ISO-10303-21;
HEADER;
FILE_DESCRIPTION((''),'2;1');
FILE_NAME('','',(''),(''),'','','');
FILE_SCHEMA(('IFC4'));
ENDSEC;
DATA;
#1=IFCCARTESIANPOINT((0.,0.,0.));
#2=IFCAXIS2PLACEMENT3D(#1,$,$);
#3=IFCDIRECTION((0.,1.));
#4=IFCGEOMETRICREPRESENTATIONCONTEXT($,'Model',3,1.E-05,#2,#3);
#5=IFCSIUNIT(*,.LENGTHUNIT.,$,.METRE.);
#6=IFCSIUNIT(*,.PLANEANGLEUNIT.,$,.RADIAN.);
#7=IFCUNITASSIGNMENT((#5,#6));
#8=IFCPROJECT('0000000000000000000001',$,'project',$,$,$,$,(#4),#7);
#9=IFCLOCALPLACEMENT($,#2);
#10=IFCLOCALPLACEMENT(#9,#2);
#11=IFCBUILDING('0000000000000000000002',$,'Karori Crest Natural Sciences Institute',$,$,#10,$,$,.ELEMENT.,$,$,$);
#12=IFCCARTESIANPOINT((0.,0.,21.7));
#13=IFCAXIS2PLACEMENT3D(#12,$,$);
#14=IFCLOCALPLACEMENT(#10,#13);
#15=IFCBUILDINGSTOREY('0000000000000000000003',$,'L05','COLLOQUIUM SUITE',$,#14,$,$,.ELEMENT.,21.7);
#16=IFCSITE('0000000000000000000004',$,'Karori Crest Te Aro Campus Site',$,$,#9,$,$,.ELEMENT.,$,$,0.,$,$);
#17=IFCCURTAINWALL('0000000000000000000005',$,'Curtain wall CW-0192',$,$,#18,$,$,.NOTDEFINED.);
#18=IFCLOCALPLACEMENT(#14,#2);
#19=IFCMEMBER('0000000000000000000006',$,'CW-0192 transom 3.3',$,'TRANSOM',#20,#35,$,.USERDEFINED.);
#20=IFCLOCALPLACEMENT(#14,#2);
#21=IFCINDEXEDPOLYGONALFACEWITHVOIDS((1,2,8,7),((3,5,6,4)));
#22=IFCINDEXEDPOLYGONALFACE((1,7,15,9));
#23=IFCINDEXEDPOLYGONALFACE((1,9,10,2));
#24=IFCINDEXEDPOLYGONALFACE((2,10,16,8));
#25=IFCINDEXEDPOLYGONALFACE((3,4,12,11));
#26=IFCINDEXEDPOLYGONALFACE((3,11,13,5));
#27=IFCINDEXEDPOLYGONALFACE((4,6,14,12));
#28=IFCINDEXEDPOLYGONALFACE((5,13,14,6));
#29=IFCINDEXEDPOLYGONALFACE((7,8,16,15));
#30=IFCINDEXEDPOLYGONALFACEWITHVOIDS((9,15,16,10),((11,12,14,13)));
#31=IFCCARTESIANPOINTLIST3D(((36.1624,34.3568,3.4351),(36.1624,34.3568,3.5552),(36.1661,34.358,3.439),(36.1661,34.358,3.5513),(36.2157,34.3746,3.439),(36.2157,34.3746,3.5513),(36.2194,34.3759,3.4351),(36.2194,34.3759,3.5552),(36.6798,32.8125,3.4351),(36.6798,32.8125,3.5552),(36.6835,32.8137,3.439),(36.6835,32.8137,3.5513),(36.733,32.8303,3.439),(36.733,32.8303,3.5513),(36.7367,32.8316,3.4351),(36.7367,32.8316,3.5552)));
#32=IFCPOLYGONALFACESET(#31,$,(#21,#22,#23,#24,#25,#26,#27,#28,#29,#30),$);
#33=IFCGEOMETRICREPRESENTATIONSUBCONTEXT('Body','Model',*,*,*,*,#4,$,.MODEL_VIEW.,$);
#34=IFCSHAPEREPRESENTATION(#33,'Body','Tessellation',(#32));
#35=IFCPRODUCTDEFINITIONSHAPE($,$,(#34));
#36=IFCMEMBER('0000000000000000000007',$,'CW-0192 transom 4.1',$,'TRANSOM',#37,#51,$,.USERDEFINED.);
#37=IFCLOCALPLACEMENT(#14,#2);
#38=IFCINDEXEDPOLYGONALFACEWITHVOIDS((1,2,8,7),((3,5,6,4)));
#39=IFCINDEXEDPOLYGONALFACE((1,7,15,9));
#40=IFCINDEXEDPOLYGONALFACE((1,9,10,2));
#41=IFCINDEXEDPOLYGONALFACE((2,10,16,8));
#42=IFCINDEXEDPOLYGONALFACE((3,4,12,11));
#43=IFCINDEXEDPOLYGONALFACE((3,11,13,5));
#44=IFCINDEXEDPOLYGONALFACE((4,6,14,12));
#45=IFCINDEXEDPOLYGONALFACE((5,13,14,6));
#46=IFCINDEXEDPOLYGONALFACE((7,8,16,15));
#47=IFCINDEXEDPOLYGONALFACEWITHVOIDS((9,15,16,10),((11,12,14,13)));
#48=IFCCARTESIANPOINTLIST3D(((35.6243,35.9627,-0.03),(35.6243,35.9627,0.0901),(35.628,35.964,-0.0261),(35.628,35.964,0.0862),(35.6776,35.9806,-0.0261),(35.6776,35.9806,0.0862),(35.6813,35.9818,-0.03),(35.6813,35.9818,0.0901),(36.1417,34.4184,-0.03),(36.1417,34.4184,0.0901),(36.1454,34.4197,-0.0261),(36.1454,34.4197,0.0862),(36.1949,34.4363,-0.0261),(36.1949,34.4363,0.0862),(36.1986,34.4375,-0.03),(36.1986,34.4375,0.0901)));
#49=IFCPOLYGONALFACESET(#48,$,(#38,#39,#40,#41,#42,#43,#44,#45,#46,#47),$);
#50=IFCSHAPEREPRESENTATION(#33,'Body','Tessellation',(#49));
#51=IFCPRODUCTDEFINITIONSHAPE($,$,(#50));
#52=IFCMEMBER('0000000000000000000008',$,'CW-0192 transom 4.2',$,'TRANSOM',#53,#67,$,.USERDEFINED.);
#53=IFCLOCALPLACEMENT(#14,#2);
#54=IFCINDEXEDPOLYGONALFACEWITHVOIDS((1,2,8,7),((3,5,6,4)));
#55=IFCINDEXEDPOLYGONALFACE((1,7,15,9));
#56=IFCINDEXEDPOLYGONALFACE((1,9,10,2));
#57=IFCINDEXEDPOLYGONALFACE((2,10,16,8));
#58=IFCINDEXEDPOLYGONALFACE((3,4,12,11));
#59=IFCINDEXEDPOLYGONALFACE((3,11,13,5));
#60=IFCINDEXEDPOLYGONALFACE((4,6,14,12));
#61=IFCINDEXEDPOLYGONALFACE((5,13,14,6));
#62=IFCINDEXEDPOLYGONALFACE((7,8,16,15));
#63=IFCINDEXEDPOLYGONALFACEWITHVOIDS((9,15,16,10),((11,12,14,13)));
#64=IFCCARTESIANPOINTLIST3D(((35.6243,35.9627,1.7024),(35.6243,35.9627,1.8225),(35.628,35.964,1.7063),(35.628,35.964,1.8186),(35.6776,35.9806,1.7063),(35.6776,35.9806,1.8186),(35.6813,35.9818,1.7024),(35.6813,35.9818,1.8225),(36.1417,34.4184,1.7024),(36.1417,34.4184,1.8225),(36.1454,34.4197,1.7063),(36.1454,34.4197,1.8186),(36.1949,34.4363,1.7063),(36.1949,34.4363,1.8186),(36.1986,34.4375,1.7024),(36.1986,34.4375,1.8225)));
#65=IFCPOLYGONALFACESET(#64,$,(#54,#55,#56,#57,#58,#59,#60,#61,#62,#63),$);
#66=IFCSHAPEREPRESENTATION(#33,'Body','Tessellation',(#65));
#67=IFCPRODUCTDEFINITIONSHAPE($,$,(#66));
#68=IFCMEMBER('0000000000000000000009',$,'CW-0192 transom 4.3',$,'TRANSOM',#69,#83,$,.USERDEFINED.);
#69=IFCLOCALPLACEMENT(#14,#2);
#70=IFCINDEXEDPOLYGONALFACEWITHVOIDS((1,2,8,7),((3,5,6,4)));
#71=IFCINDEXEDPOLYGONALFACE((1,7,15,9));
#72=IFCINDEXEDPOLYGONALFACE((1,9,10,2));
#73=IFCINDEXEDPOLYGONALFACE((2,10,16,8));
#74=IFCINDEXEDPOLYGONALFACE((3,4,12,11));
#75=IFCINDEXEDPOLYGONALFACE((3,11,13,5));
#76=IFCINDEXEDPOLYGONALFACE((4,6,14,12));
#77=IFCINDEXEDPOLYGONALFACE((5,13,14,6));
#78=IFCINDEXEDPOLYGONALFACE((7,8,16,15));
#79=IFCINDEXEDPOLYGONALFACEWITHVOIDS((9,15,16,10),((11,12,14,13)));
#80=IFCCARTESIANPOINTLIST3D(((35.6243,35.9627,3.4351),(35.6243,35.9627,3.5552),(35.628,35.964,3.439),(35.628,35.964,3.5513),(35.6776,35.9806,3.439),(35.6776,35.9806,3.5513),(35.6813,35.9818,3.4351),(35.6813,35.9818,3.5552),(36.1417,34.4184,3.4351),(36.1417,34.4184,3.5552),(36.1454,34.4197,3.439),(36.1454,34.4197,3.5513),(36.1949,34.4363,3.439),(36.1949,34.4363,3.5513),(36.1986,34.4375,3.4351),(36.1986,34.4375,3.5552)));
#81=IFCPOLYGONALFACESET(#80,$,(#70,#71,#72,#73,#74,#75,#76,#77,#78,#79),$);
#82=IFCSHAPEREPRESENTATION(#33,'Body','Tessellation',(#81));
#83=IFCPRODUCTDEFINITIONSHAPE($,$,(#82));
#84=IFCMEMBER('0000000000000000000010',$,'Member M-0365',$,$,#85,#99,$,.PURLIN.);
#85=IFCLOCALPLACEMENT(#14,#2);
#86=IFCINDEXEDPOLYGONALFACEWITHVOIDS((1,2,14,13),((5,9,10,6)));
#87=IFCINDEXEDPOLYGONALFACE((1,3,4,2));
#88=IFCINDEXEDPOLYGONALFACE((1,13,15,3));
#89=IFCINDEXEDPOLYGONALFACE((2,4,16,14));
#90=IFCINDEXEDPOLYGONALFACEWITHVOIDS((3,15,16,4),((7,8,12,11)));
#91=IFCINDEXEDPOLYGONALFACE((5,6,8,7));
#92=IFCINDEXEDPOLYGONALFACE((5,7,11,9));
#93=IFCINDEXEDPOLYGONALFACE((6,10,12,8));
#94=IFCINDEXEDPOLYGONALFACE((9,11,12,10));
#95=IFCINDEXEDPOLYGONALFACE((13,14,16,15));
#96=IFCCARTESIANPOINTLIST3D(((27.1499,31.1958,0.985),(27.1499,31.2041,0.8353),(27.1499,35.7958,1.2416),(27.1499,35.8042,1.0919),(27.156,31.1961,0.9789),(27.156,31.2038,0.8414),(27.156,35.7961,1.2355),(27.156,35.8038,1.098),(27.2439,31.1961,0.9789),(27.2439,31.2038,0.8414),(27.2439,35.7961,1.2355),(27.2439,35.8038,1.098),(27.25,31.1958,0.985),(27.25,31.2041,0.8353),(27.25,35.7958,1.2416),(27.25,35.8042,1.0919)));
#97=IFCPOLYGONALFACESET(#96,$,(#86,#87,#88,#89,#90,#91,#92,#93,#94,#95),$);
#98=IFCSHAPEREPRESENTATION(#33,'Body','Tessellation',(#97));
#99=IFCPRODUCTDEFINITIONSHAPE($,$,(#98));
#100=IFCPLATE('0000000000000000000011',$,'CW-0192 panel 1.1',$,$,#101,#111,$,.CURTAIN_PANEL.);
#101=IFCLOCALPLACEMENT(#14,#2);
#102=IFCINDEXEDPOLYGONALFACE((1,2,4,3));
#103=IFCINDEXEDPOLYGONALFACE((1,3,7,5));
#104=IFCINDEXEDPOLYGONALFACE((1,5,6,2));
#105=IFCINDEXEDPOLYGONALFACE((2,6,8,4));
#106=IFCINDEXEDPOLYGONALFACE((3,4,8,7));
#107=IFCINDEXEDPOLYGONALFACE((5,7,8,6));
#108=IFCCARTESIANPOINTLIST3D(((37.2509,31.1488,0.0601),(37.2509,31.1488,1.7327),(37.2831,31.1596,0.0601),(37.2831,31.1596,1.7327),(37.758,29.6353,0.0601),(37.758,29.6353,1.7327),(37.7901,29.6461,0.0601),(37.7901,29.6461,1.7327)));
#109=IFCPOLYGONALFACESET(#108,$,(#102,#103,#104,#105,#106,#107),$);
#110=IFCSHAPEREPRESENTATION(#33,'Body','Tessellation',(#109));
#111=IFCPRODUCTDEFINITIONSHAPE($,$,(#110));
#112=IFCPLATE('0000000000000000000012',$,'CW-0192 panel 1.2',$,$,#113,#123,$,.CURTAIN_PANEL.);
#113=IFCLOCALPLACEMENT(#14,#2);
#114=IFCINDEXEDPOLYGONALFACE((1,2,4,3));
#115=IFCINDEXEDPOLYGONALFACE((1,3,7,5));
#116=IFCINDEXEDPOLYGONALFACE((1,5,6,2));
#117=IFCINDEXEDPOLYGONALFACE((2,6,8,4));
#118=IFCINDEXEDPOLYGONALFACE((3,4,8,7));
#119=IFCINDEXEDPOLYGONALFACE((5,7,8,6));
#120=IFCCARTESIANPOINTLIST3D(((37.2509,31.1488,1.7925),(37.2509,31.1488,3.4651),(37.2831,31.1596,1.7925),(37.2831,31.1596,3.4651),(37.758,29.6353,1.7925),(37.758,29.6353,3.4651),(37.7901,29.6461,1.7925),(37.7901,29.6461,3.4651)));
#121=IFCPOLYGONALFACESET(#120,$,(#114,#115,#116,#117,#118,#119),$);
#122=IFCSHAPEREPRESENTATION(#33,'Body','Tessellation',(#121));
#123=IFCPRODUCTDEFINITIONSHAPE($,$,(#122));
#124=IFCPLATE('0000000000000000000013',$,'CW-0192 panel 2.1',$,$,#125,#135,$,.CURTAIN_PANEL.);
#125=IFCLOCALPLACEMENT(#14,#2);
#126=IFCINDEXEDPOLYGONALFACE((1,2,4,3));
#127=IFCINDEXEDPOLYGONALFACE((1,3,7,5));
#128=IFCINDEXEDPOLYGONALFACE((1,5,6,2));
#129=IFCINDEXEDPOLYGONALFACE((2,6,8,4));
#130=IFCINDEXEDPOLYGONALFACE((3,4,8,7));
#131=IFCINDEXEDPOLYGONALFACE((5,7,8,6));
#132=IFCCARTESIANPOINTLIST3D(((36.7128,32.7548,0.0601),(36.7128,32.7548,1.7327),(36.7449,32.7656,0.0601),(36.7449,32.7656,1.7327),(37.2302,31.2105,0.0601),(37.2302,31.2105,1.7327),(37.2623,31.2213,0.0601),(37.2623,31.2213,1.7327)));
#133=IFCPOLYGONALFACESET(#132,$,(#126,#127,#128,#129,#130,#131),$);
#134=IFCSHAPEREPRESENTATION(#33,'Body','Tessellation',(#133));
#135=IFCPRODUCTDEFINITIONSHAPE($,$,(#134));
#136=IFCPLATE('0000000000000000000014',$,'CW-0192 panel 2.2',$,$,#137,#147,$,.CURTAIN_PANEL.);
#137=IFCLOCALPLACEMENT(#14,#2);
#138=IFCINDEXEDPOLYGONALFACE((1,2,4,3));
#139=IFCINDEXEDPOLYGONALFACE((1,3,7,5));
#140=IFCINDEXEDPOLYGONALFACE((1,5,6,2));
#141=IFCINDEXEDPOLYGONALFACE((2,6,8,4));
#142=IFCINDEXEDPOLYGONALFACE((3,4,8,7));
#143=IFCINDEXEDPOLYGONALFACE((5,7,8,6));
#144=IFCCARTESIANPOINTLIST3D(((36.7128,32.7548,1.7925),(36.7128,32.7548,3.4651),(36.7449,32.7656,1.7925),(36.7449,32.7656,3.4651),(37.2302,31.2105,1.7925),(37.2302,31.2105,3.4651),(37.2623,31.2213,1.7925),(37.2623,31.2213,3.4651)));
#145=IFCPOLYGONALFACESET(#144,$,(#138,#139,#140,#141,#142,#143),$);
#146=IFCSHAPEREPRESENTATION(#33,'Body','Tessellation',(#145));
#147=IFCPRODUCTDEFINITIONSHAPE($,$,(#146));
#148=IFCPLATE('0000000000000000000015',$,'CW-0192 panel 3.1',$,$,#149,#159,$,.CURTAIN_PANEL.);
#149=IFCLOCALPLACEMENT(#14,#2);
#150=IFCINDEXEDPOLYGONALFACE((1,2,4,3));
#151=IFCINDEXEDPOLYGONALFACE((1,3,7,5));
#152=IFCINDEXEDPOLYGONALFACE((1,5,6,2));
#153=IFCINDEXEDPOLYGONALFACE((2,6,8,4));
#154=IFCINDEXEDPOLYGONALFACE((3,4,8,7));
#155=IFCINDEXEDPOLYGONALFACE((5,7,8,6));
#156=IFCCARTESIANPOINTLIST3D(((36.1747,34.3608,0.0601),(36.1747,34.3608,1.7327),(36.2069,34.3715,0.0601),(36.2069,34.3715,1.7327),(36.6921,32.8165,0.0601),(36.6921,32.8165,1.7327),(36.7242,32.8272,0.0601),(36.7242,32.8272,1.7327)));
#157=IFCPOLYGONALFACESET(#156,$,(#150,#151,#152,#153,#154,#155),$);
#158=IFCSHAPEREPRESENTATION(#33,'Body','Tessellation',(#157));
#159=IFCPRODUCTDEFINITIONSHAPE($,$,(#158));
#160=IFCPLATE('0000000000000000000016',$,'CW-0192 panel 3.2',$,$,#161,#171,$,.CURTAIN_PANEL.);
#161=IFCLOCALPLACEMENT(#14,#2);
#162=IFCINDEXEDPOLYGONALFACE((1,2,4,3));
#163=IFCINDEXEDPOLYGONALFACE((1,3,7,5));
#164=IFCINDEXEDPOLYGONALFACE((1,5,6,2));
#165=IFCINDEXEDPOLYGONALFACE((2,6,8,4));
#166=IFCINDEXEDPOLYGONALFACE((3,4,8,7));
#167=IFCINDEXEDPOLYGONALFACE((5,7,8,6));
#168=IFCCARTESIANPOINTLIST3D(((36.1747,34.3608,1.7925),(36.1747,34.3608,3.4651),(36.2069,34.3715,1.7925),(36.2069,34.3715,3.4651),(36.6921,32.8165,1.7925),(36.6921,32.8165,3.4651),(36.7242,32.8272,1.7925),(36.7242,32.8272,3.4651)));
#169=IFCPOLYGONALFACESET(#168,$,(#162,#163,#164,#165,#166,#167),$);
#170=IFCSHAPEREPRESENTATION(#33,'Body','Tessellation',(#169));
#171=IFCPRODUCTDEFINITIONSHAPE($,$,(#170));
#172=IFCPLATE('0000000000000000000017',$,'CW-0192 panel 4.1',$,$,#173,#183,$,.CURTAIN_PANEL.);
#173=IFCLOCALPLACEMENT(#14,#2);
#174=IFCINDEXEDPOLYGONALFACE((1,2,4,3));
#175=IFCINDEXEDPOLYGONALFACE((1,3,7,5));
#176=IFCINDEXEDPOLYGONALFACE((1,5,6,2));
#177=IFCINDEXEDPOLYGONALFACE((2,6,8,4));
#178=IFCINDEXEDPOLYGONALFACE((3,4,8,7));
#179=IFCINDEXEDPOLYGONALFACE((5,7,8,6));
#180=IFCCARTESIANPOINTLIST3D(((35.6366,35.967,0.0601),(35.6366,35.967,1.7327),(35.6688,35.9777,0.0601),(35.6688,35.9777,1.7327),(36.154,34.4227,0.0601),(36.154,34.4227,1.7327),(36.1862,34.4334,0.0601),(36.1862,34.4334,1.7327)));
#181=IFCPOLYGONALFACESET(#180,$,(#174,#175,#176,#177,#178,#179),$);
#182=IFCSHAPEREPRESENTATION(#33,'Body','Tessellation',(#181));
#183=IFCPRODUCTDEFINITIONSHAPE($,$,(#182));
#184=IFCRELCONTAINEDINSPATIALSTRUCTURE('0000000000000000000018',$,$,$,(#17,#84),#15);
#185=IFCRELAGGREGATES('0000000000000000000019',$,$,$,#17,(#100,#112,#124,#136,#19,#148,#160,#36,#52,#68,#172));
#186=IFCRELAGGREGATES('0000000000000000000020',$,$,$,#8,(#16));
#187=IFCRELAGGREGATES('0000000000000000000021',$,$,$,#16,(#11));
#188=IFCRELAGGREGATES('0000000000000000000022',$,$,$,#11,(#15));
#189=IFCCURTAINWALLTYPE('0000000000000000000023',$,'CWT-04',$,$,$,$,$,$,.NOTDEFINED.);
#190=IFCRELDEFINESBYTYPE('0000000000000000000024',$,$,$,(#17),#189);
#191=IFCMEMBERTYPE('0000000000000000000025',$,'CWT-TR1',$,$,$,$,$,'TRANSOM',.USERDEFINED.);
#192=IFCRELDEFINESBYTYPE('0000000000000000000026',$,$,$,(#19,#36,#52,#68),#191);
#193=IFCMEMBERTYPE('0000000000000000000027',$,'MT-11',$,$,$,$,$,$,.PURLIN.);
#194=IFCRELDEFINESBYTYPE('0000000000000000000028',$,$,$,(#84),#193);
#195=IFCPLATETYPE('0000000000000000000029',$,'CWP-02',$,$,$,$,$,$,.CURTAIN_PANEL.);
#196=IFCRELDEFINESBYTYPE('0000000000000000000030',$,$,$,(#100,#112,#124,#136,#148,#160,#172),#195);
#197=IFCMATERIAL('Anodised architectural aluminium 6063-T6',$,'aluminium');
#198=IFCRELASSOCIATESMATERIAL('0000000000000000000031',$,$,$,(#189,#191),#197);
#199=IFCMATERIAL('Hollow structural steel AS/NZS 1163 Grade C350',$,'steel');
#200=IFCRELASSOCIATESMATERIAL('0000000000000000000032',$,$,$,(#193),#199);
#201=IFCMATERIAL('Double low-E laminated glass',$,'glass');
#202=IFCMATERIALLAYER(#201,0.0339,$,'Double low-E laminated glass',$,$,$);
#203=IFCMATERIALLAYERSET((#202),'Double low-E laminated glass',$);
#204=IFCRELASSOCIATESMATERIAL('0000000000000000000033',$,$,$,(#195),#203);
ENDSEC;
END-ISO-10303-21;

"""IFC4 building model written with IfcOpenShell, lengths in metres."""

from ifc_helpers import new_model, si_unit, direction, frame, origin, origin_2d, place, context, subcontext, project, spatial, rectangle, hollow_rectangle, extrude, material, layer, layer_set, material_profile, profile_set, type_object, element, aggregate, save


model = new_model("IFC4")

# Units and contexts
model_context = context("Model", 3, precision=1e-05, world=origin(), true_north=direction((0.0, 1.0)))
body_context = subcontext(model_context, "Body", "Model", "MODEL_VIEW")
ifc_project = project(units=[si_unit("LENGTHUNIT", "METRE"), si_unit("PLANEANGLEUNIT", "RADIAN")], contexts=[model_context])

# Site, building, storey
site_placement = place(None, origin())
site = spatial("IfcSite", under=ifc_project, at=site_placement, Name="Karori Crest Te Aro Campus Site", CompositionType="ELEMENT", RefElevation=0.0)
building_placement = place(site_placement, origin())
building = spatial("IfcBuilding", under=site, at=building_placement, Name="Karori Crest Natural Sciences Institute", CompositionType="ELEMENT")
storey_placement = place(building_placement, frame((0.0, 0.0, 21.7)))
storey = spatial("IfcBuildingStorey", under=building, at=storey_placement, Name="L05", Description="COLLOQUIUM SUITE", CompositionType="ELEMENT", Elevation=21.7)

# Curtain wall, members
ifc_material_1 = material(Name="Anodised architectural aluminium 6063-T6", Category="aluminium")
curtain_wall_type = type_object("IfcCurtainWallType", Name="CWT-04", PredefinedType="NOTDEFINED", material=ifc_material_1)
curtain_wall_placement = place(storey_placement, origin())
curtain_wall = element("IfcCurtainWall", 1, at=curtain_wall_placement, inside=storey, type_object=curtain_wall_type, Name="Curtain wall CW-0192", PredefinedType="NOTDEFINED")
ifc_material_profile_1 = material_profile(ifc_material_1, hollow_rectangle(XDim=0.0601, YDim=0.1201, WallThickness=0.0039, at=origin_2d()), Name="CWT120x60x4")
ifc_profile_set_1 = profile_set([ifc_material_profile_1], Name="Anodised architectural aluminium 6063-T6")
member_type_1 = type_object("IfcMemberType", Name="CWT-TR1", ElementType="TRANSOM", PredefinedType="USERDEFINED", material=ifc_profile_set_1)
member_1_placement = place(storey_placement, frame((36.7083, 32.822, 3.4951), z_axis=(-0.317667, 0.948202, 0.0), x_axis=(-0.948202, -0.317667, 0.0)))
member_1 = element("IfcMember", 2, at=member_1_placement, type_object=member_type_1, Name="CW-0192 transom 3.3", ObjectType="TRANSOM", PredefinedType="USERDEFINED", context=body_context, shape_type="SweptSolid", body=[
    extrude(hollow_rectangle(XDim=0.0601, YDim=0.1201, WallThickness=0.0039, at=origin_2d()), origin(), (0.0, 0.0, 1.0), 1.6287),
])
member_2_placement = place(storey_placement, frame((36.1702, 34.428, 0.03), z_axis=(-0.317667, 0.948202, 0.0), x_axis=(-0.948202, -0.317667, 0.0)))
member_2 = element("IfcMember", 3, at=member_2_placement, type_object=member_type_1, Name="CW-0192 transom 4.1", ObjectType="TRANSOM", PredefinedType="USERDEFINED", context=body_context, shape_type="SweptSolid", body=[
    extrude(hollow_rectangle(XDim=0.0601, YDim=0.1201, WallThickness=0.0039, at=origin_2d()), origin(), (0.0, 0.0, 1.0), 1.6287),
])
member_3_placement = place(storey_placement, frame((36.1702, 34.428, 1.7625), z_axis=(-0.317667, 0.948202, 0.0), x_axis=(-0.948202, -0.317667, 0.0)))
member_3 = element("IfcMember", 4, at=member_3_placement, type_object=member_type_1, Name="CW-0192 transom 4.2", ObjectType="TRANSOM", PredefinedType="USERDEFINED", context=body_context, shape_type="SweptSolid", body=[
    extrude(hollow_rectangle(XDim=0.0601, YDim=0.1201, WallThickness=0.0039, at=origin_2d()), origin(), (0.0, 0.0, 1.0), 1.6287),
])
member_4_placement = place(storey_placement, frame((36.1702, 34.428, 3.4951), z_axis=(-0.317667, 0.948202, 0.0), x_axis=(-0.948202, -0.317667, 0.0)))
member_4 = element("IfcMember", 5, at=member_4_placement, type_object=member_type_1, Name="CW-0192 transom 4.3", ObjectType="TRANSOM", PredefinedType="USERDEFINED", context=body_context, shape_type="SweptSolid", body=[
    extrude(hollow_rectangle(XDim=0.0601, YDim=0.1201, WallThickness=0.0039, at=origin_2d()), origin(), (0.0, 0.0, 1.0), 1.6287),
])

# Member
ifc_material_2 = material(Name="Hollow structural steel AS/NZS 1163 Grade C350", Category="steel")
ifc_material_profile_2 = material_profile(ifc_material_2, hollow_rectangle(XDim=0.1001, YDim=0.1499, WallThickness=0.0061, at=origin_2d()), Name="RHS150x100x6")
ifc_profile_set_2 = profile_set([ifc_material_profile_2], Name="Hollow structural steel AS/NZS 1163 Grade C350")
member_type_2 = type_object("IfcMemberType", Name="MT-11", PredefinedType="PURLIN", material=ifc_profile_set_2)
member_5_placement = place(storey_placement, frame((27.2, 31.2, 0.9102), z_axis=(0.0, 0.998448, 0.055693), x_axis=(-1.0, 0.0, 0.0)))
element("IfcMember", 6, at=member_5_placement, inside=storey, type_object=member_type_2, Name="Member M-0365", PredefinedType="PURLIN", context=body_context, shape_type="SweptSolid", body=[
    extrude(hollow_rectangle(XDim=0.1001, YDim=0.1499, WallThickness=0.0061, at=origin_2d()), origin(), (0.0, 0.0, 1.0), 4.6072),
])

# Plates
ifc_material_3 = material(Name="Double low-E laminated glass", Category="glass")
ifc_layer_1 = layer(ifc_material_3, 0.0339, Name="Double low-E laminated glass")
ifc_layer_set_1 = layer_set([ifc_layer_1], Name="Double low-E laminated glass")
plate_type_1 = type_object("IfcPlateType", Name="CWP-02", PredefinedType="CURTAIN_PANEL", material=ifc_layer_set_1)
plate_1_placement = place(storey_placement, frame((37.5205, 30.3975, 0.0601), z_axis=(0.0, 0.0, 1.0), x_axis=(-0.31768, 0.948198, 0.0)))
plate_1 = element("IfcPlate", 7, at=plate_1_placement, type_object=plate_type_1, Name="CW-0192 panel 1.1", PredefinedType="CURTAIN_PANEL", context=body_context, shape_type="SweptSolid", body=[
    extrude(rectangle(XDim=1.5962, YDim=0.0339, at=origin_2d()), origin(), (0.0, 0.0, 1.0), 1.6726),
])
plate_2_placement = place(storey_placement, frame((37.5205, 30.3975, 1.7925), z_axis=(0.0, 0.0, 1.0), x_axis=(-0.31768, 0.948198, 0.0)))
plate_2 = element("IfcPlate", 8, at=plate_2_placement, type_object=plate_type_1, Name="CW-0192 panel 1.2", PredefinedType="CURTAIN_PANEL", context=body_context, shape_type="SweptSolid", body=[
    extrude(rectangle(XDim=1.5962, YDim=0.0339, at=origin_2d()), origin(), (0.0, 0.0, 1.0), 1.6726),
])
plate_3_placement = place(storey_placement, frame((36.9875, 31.988, 0.0601), z_axis=(0.0, 0.0, 1.0), x_axis=(-0.31768, 0.948198, 0.0)))
plate_3 = element("IfcPlate", 9, at=plate_3_placement, type_object=plate_type_1, Name="CW-0192 panel 2.1", PredefinedType="CURTAIN_PANEL", context=body_context, shape_type="SweptSolid", body=[
    extrude(rectangle(XDim=1.6287, YDim=0.0339, at=origin_2d()), origin(), (0.0, 0.0, 1.0), 1.6726),
])
plate_4_placement = place(storey_placement, frame((36.9875, 31.988, 1.7925), z_axis=(0.0, 0.0, 1.0), x_axis=(-0.31768, 0.948198, 0.0)))
plate_4 = element("IfcPlate", 10, at=plate_4_placement, type_object=plate_type_1, Name="CW-0192 panel 2.2", PredefinedType="CURTAIN_PANEL", context=body_context, shape_type="SweptSolid", body=[
    extrude(rectangle(XDim=1.6287, YDim=0.0339, at=origin_2d()), origin(), (0.0, 0.0, 1.0), 1.6726),
])
plate_5_placement = place(storey_placement, frame((36.4495, 33.594, 0.0601), z_axis=(0.0, 0.0, 1.0), x_axis=(-0.31768, 0.948198, 0.0)))
plate_5 = element("IfcPlate", 11, at=plate_5_placement, type_object=plate_type_1, Name="CW-0192 panel 3.1", PredefinedType="CURTAIN_PANEL", context=body_context, shape_type="SweptSolid", body=[
    extrude(rectangle(XDim=1.6287, YDim=0.0339, at=origin_2d()), origin(), (0.0, 0.0, 1.0), 1.6726),
])
plate_6_placement = place(storey_placement, frame((36.4495, 33.594, 1.7925), z_axis=(0.0, 0.0, 1.0), x_axis=(-0.31768, 0.948198, 0.0)))
plate_6 = element("IfcPlate", 12, at=plate_6_placement, type_object=plate_type_1, Name="CW-0192 panel 3.2", PredefinedType="CURTAIN_PANEL", context=body_context, shape_type="SweptSolid", body=[
    extrude(rectangle(XDim=1.6287, YDim=0.0339, at=origin_2d()), origin(), (0.0, 0.0, 1.0), 1.6726),
])
plate_7_placement = place(storey_placement, frame((35.9114, 35.2002, 0.0601), z_axis=(0.0, 0.0, 1.0), x_axis=(-0.31768, 0.948198, 0.0)))
plate_7 = element("IfcPlate", 13, at=plate_7_placement, type_object=plate_type_1, Name="CW-0192 panel 4.1", PredefinedType="CURTAIN_PANEL", context=body_context, shape_type="SweptSolid", body=[
    extrude(rectangle(XDim=1.6287, YDim=0.0339, at=origin_2d()), origin(), (0.0, 0.0, 1.0), 1.6726),
])
aggregate(curtain_wall, [plate_1, plate_2, plate_3, plate_4, member_1, plate_5, plate_6, member_2, member_3, member_4, plate_7])

save(model, "model.ifc")
